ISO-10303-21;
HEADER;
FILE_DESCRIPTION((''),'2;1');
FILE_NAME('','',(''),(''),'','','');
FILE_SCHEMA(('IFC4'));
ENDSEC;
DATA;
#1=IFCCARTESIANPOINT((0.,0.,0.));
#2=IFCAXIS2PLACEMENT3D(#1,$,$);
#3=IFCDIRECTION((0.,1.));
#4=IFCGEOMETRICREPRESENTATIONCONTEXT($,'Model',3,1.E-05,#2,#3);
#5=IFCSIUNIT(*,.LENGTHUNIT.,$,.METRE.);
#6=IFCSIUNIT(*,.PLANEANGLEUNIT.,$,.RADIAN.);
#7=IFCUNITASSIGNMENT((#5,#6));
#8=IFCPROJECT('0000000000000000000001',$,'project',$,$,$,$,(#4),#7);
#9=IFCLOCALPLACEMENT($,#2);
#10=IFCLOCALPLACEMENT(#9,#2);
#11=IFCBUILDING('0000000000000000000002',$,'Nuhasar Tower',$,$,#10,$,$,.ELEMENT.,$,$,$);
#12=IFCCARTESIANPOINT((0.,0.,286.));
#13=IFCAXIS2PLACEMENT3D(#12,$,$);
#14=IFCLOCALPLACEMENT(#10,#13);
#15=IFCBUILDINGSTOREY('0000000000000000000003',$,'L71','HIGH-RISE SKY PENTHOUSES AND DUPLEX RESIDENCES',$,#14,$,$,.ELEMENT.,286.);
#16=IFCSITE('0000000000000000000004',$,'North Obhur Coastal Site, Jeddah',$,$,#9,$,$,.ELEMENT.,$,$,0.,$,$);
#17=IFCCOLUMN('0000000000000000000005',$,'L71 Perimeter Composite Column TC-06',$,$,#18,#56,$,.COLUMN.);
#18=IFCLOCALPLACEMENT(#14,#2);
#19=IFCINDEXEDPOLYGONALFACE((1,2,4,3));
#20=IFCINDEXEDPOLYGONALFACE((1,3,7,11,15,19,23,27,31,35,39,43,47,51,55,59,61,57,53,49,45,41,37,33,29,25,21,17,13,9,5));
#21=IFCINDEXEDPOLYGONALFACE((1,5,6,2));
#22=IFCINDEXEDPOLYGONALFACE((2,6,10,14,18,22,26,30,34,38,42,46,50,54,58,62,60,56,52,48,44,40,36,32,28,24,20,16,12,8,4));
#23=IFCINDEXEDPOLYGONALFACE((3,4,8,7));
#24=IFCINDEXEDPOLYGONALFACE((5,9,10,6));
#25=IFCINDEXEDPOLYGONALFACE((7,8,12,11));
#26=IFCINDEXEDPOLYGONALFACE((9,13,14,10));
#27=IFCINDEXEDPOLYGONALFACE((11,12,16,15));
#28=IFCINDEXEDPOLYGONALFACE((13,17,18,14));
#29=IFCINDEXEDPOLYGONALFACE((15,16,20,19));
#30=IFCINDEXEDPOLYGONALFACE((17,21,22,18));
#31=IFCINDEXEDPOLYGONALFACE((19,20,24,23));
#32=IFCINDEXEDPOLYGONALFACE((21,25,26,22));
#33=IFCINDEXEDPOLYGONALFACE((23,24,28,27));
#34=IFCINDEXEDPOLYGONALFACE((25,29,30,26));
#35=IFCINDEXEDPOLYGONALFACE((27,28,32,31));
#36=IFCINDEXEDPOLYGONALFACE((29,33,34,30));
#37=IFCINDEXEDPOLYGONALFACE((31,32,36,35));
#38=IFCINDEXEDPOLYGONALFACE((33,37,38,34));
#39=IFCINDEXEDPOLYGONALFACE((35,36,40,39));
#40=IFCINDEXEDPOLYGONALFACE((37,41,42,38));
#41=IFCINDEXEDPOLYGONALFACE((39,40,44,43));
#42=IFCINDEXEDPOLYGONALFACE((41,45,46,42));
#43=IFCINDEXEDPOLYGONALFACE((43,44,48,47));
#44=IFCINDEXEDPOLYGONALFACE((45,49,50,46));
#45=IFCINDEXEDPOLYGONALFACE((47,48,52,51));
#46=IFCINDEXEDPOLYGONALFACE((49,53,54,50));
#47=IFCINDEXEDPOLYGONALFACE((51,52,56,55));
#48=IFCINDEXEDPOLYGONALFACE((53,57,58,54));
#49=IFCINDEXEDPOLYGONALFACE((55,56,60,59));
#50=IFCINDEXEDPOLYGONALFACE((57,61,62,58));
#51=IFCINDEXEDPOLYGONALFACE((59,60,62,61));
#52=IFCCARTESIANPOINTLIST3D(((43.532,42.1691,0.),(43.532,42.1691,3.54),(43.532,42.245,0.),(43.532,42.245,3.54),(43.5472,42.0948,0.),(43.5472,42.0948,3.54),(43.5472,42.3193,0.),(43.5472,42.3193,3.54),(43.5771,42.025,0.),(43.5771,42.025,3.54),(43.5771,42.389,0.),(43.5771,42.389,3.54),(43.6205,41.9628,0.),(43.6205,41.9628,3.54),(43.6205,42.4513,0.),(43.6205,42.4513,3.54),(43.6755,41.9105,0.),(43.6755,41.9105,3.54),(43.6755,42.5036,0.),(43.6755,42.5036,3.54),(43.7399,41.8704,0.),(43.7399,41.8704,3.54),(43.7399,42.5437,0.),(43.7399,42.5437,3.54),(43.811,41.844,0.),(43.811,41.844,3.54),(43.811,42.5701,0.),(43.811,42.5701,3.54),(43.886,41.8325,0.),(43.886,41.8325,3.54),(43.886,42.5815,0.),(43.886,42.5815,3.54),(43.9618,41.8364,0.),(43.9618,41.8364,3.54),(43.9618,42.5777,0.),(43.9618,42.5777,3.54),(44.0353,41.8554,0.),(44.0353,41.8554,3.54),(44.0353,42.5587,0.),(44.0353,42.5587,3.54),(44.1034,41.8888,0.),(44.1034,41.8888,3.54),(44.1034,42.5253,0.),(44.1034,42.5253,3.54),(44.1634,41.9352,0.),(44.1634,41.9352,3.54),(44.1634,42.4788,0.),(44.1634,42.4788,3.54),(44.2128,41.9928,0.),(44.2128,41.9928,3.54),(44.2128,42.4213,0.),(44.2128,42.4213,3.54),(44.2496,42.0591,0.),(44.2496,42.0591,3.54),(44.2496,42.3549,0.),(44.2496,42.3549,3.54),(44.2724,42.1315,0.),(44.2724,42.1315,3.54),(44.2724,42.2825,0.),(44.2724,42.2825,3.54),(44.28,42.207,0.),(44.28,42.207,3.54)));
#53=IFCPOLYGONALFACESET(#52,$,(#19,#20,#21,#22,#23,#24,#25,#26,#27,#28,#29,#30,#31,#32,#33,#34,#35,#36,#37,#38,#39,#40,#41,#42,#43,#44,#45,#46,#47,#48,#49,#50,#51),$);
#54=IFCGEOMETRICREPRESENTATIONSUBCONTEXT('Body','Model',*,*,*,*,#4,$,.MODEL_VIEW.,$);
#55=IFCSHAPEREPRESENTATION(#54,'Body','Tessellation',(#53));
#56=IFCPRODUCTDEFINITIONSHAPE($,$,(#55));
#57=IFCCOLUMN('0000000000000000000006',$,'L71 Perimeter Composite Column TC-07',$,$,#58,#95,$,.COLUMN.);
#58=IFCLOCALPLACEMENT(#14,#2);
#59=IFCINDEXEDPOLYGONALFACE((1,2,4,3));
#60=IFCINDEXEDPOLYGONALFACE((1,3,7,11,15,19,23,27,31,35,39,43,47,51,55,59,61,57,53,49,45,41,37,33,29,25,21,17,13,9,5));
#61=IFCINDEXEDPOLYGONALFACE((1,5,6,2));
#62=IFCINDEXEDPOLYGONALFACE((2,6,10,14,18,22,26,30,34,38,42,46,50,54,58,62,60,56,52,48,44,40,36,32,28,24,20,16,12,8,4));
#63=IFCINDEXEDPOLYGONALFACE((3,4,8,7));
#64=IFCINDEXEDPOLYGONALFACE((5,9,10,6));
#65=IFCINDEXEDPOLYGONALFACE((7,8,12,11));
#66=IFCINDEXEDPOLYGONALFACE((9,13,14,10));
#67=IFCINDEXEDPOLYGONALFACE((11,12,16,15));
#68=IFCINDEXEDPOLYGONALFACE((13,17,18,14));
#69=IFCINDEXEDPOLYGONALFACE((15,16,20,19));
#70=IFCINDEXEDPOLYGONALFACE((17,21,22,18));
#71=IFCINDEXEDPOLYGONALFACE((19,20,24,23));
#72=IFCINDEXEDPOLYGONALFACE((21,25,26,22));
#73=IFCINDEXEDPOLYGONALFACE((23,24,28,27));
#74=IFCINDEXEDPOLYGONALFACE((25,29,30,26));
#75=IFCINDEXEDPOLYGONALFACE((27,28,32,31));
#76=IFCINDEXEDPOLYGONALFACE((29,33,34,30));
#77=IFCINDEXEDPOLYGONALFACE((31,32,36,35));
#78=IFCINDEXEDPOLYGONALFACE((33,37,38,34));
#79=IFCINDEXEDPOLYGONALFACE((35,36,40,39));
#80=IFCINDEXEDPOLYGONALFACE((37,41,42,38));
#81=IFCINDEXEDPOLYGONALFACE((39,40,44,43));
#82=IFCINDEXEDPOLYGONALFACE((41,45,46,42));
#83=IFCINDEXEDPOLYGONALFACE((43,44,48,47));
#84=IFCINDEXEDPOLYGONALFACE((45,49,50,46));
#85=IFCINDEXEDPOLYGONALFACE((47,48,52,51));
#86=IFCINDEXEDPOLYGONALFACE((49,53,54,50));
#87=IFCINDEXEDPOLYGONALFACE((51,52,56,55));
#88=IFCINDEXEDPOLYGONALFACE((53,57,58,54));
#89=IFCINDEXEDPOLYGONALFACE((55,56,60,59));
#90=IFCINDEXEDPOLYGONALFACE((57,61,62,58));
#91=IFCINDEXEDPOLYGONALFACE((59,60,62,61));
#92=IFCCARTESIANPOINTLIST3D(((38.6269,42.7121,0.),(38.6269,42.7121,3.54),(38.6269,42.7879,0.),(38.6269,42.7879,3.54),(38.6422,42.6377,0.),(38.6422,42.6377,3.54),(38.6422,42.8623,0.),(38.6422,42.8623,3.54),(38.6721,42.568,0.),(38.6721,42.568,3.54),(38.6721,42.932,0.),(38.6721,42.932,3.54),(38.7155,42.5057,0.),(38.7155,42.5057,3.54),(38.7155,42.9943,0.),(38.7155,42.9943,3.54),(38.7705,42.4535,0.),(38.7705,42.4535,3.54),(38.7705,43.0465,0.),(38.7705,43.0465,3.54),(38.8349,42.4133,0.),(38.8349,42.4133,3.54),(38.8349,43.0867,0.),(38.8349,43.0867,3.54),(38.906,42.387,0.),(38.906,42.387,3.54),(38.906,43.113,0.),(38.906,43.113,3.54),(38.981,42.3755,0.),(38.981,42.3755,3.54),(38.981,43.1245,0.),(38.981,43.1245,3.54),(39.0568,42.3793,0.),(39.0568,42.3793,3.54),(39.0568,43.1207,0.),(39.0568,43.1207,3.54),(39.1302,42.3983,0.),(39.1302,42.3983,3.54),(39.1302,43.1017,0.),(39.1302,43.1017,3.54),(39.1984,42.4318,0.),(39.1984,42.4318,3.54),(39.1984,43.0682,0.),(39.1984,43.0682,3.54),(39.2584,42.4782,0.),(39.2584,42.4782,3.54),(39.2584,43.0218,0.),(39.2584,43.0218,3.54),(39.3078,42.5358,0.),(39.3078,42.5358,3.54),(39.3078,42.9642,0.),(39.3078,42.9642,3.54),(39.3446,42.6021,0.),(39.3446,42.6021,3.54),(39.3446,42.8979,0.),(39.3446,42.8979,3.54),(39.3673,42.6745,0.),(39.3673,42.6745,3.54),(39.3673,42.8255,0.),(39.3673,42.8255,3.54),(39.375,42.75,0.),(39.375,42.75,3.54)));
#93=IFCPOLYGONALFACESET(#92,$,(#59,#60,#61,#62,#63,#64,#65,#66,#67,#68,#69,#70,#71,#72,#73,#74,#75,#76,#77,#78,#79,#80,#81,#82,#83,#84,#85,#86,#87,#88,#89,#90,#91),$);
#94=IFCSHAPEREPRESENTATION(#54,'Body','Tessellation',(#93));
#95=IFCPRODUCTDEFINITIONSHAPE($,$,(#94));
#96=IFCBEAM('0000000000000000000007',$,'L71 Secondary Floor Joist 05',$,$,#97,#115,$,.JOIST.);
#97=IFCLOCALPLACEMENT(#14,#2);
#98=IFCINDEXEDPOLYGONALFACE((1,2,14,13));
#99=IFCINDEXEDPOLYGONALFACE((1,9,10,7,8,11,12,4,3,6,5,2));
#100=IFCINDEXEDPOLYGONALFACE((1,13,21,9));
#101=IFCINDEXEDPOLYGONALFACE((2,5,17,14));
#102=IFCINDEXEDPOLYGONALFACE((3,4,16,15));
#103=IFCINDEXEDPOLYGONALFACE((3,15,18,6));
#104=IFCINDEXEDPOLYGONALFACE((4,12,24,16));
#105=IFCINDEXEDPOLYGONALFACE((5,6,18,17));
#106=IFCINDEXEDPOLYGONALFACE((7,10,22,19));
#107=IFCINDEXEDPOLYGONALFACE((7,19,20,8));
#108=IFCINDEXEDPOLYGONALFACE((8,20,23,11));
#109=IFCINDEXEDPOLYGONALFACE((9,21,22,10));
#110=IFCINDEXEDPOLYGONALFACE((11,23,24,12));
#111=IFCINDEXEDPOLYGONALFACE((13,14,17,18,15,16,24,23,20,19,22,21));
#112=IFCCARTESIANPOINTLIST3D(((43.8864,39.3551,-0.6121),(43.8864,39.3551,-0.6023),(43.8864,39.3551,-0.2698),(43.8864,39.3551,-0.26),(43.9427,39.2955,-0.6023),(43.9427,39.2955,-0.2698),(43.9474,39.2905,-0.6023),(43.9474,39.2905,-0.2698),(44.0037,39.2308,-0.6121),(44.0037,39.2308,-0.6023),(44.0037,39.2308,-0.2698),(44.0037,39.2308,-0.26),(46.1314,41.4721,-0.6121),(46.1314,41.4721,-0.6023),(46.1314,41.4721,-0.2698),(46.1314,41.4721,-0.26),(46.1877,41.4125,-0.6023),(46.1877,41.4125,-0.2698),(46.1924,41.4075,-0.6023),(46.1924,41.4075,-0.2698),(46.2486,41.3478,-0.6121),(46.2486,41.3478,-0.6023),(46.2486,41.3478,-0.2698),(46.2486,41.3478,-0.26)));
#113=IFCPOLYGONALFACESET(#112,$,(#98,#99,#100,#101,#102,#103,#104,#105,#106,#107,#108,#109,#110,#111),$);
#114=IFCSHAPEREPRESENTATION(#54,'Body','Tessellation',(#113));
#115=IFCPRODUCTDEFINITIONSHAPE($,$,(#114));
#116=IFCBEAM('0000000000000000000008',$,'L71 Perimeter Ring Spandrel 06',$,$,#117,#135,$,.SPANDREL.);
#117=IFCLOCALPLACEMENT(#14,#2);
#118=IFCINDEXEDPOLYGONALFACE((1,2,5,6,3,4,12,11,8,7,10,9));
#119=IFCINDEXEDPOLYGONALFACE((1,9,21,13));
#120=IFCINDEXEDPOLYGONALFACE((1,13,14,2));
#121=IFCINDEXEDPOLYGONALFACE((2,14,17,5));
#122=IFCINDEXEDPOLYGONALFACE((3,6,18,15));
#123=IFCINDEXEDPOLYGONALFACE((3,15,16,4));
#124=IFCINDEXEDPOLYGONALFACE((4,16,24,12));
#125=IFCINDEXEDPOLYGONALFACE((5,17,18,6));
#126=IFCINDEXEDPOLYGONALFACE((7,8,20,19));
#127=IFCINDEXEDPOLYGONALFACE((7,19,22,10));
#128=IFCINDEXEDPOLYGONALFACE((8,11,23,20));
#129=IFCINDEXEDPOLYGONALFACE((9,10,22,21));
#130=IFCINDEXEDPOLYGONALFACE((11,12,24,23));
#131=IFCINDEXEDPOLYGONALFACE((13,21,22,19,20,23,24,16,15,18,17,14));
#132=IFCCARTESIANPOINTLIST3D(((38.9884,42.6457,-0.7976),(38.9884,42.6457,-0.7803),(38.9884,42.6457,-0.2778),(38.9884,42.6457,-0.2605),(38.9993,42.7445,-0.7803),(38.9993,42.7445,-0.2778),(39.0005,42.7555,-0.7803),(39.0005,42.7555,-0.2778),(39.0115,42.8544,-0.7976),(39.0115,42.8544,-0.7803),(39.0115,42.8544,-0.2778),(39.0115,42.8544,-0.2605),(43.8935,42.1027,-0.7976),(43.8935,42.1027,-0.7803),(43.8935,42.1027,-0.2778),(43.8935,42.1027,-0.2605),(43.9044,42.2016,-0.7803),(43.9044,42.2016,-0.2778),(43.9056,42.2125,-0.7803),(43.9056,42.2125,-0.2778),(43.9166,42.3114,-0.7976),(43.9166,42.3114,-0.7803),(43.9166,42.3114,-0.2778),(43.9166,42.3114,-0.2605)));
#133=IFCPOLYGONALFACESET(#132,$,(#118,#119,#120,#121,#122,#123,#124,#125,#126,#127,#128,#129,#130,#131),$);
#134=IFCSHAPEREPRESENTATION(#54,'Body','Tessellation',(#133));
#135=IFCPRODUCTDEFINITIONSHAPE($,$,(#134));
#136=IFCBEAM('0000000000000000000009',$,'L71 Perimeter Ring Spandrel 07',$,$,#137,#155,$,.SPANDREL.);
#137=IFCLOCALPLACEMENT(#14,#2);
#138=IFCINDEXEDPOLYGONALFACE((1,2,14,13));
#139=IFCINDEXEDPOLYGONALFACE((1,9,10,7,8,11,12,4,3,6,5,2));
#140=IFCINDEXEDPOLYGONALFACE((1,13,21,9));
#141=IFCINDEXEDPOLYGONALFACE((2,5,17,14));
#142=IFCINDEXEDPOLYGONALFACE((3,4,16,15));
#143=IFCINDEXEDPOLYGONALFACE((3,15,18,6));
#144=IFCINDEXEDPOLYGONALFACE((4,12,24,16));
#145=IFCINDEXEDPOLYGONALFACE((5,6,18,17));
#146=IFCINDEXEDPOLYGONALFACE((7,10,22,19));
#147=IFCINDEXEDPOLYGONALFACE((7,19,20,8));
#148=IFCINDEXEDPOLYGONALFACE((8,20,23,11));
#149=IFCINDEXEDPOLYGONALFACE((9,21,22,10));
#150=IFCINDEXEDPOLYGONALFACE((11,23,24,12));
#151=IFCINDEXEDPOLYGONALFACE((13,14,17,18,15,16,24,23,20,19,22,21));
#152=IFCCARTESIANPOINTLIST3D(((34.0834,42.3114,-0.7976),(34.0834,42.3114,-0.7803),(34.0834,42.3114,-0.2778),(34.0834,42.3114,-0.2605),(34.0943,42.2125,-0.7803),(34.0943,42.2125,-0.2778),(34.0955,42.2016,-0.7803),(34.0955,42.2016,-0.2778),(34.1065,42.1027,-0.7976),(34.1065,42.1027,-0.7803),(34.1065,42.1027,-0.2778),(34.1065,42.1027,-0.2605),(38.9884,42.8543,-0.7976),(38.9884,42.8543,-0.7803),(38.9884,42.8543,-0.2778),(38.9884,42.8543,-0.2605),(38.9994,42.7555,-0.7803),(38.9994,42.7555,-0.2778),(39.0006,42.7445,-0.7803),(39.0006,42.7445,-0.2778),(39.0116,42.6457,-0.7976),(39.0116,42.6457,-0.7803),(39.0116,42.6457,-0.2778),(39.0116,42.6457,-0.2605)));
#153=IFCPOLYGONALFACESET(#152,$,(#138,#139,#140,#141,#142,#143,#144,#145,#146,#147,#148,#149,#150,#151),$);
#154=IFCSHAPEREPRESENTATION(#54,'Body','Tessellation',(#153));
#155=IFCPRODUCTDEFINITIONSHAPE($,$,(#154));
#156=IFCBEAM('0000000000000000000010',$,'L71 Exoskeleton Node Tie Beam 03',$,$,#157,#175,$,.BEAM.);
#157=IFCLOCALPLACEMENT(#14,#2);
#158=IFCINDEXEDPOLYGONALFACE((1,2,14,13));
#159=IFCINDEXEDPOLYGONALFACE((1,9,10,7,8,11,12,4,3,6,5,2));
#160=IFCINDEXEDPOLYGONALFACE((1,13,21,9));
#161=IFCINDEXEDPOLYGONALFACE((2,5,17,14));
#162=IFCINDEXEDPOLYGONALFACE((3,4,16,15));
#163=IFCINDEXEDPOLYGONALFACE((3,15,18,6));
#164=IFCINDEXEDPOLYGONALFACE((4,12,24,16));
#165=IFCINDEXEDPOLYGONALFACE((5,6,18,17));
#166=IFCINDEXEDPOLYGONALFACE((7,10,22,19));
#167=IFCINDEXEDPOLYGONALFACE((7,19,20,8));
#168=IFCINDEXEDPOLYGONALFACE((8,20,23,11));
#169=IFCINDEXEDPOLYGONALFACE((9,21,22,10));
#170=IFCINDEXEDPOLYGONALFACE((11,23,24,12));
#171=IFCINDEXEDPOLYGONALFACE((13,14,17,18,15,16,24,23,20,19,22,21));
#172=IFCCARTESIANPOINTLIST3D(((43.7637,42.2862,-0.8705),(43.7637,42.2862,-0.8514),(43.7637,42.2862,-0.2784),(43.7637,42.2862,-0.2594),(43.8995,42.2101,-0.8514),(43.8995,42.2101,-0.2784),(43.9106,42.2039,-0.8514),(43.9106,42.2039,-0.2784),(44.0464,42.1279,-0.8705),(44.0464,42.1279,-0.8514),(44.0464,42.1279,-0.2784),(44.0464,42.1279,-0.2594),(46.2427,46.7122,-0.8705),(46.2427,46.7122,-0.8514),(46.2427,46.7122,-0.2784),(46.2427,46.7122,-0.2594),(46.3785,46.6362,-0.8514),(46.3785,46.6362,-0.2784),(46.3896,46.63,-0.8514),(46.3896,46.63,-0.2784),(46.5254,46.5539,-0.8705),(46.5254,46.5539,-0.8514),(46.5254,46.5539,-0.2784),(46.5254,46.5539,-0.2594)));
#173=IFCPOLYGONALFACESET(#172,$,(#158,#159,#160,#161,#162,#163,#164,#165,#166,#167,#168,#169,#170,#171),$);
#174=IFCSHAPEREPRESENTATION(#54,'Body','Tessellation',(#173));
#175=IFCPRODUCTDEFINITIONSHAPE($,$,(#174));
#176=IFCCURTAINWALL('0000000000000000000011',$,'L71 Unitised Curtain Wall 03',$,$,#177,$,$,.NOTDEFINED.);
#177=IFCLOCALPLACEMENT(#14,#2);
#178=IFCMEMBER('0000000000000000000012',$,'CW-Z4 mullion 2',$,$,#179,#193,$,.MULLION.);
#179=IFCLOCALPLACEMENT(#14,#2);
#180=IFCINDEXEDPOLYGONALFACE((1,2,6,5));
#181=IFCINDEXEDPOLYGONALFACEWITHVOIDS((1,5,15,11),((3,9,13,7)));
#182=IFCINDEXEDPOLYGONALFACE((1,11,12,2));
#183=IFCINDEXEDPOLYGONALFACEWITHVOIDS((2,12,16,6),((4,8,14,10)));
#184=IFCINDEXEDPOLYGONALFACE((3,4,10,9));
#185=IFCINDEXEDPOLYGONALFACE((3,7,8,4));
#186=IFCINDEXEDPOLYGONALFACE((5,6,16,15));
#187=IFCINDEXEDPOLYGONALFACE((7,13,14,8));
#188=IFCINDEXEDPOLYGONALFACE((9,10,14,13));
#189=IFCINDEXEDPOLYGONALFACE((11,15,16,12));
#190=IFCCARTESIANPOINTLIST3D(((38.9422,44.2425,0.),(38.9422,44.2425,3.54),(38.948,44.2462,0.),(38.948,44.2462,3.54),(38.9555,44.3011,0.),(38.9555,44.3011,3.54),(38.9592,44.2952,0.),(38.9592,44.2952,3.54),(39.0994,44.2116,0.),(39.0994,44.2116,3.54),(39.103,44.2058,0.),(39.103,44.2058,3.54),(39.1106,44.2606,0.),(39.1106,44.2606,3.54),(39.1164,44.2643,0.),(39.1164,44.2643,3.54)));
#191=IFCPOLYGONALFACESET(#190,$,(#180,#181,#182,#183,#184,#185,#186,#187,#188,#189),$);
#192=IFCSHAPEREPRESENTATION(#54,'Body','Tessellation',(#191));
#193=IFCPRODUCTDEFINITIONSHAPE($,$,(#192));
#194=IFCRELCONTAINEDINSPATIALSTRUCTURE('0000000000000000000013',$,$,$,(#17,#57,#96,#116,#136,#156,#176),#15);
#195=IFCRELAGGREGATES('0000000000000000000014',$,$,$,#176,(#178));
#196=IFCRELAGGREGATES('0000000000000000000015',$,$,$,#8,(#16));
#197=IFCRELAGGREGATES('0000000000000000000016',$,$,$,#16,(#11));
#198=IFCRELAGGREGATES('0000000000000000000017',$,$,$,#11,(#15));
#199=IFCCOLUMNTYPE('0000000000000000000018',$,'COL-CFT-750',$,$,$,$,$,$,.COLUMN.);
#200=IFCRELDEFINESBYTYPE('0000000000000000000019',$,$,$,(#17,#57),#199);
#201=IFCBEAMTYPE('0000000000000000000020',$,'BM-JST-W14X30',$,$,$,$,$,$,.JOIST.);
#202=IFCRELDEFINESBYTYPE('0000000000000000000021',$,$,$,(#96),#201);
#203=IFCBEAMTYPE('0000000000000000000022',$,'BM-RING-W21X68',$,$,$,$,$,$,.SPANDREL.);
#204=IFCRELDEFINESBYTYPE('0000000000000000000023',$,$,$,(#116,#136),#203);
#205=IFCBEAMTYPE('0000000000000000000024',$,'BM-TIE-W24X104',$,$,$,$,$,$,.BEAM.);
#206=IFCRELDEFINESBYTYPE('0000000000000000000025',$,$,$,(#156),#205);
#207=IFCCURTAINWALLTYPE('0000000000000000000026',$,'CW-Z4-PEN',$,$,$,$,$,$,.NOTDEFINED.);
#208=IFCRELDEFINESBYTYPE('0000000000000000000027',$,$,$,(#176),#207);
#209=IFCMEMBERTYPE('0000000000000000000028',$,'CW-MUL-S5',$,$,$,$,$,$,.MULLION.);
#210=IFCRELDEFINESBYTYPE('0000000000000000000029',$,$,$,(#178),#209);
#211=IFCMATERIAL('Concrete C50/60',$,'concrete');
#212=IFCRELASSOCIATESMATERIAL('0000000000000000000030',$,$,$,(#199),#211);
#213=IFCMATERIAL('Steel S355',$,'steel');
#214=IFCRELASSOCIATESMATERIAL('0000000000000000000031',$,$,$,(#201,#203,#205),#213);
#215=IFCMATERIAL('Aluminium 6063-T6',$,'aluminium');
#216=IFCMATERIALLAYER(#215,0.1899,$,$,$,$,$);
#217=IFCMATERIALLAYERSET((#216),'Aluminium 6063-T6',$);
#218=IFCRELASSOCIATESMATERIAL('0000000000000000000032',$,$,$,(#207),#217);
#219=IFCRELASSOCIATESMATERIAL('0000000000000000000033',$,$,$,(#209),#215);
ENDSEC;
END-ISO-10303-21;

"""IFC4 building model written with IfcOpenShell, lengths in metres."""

from ifc_helpers import new_model, si_unit, direction, frame, origin, origin_2d, place, context, subcontext, project, spatial, hollow_rectangle, circle, i_section, extrude, material, layer, layer_set, material_profile, profile_set, type_object, element, aggregate, save


model = new_model("IFC4")

# Units and contexts
model_context = context("Model", 3, precision=1e-05, world=origin(), true_north=direction((0.0, 1.0)))
body_context = subcontext(model_context, "Body", "Model", "MODEL_VIEW")
ifc_project = project(units=[si_unit("LENGTHUNIT", "METRE"), si_unit("PLANEANGLEUNIT", "RADIAN")], contexts=[model_context])

# Site, building, storey
site_placement = place(None, origin())
site = spatial("IfcSite", under=ifc_project, at=site_placement, Name="North Obhur Coastal Site, Jeddah", CompositionType="ELEMENT", RefElevation=0.0)
building_placement = place(site_placement, origin())
building = spatial("IfcBuilding", under=site, at=building_placement, Name="Nuhasar Tower", CompositionType="ELEMENT")
storey_placement = place(building_placement, frame((0.0, 0.0, 286.0)))
storey = spatial("IfcBuildingStorey", under=building, at=storey_placement, Name="L71", Description="HIGH-RISE SKY PENTHOUSES AND DUPLEX RESIDENCES", CompositionType="ELEMENT", Elevation=286.0)

# Columns
ifc_material_1 = material(Name="Concrete C50/60", Category="concrete")
ifc_material_profile_1 = material_profile(ifc_material_1, circle(Radius=0.375, at=origin_2d()), Name="CFT750")
ifc_profile_set_1 = profile_set([ifc_material_profile_1], Name="Concrete C50/60")
column_type = type_object("IfcColumnType", Name="COL-CFT-750", PredefinedType="COLUMN", material=ifc_profile_set_1)
for number, where, z_axis, x_axis, name in (
    (1, (43.905, 42.207, 0.0), (0.0, 0.0, 1.0), (1.0, 0.0, 0.0), "L71 Perimeter Composite Column TC-06"),
    (2, (39.0, 42.75, 0.0), (0.0, 0.0, 1.0), (1.0, 0.0, 0.0), "L71 Perimeter Composite Column TC-07"),
):
    element("IfcColumn", number, at=place(storey_placement, frame(where, z_axis=z_axis, x_axis=x_axis)), inside=storey, type_object=column_type, Name=name, PredefinedType="COLUMN", context=body_context, shape_type="SweptSolid", body=[
        extrude(circle(Radius=0.375, at=origin_2d()), origin(), (0.0, 0.0, 1.0), 3.54),
    ])

# Beams
ifc_material_2 = material(Name="Steel S355", Category="steel")
ifc_material_profile_2 = material_profile(ifc_material_2, i_section(OverallWidth=0.1709, OverallDepth=0.3521, WebThickness=0.0068, FlangeThickness=0.0098, at=origin_2d()), Name="W14X30")
ifc_profile_set_2 = profile_set([ifc_material_profile_2], Name="Steel S355")
beam_type_1 = type_object("IfcBeamType", Name="BM-JST-W14X30", PredefinedType="JOIST", material=ifc_profile_set_2)
beam_1_placement = place(storey_placement, frame((43.9451, 39.293, -0.436), z_axis=(0.727533, 0.686073, 0.0), x_axis=(-0.686073, 0.727533, 0.0)))
element("IfcBeam", 3, at=beam_1_placement, inside=storey, type_object=beam_type_1, Name="L71 Secondary Floor Joist 05", PredefinedType="JOIST", context=body_context, shape_type="SweptSolid", body=[
    extrude(i_section(OverallWidth=0.1709, OverallDepth=0.3521, WebThickness=0.0068, FlangeThickness=0.0098, at=origin_2d()), origin(), (0.0, 0.0, 1.0), 3.0857),
])
ifc_material_profile_3 = material_profile(ifc_material_2, i_section(OverallWidth=0.21, OverallDepth=0.5371, WebThickness=0.011, FlangeThickness=0.0173, at=origin_2d()), Name="W21X68")
ifc_profile_set_3 = profile_set([ifc_material_profile_3], Name="Steel S355")
beam_type_2 = type_object("IfcBeamType", Name="BM-RING-W21X68", PredefinedType="SPANDREL", material=ifc_profile_set_3)
for number, where, z_axis, x_axis, name in (
    (4, (43.905, 42.207, -0.5291), (-0.993929, 0.110024, 0.0), (-0.110024, -0.993929, 0.0), "L71 Perimeter Ring Spandrel 06"),
    (5, (39.0, 42.75, -0.5291), (-0.993929, -0.110024, 0.0), (0.110024, -0.993929, 0.0), "L71 Perimeter Ring Spandrel 07"),
):
    element("IfcBeam", number, at=place(storey_placement, frame(where, z_axis=z_axis, x_axis=x_axis)), inside=storey, type_object=beam_type_2, Name=name, PredefinedType="SPANDREL", context=body_context, shape_type="SweptSolid", body=[
        extrude(i_section(OverallWidth=0.21, OverallDepth=0.5371, WebThickness=0.011, FlangeThickness=0.0173, at=origin_2d()), origin(), (0.0, 0.0, 1.0), 4.9351),
    ])
ifc_material_profile_4 = material_profile(ifc_material_2, i_section(OverallWidth=0.324, OverallDepth=0.6111, WebThickness=0.0127, FlangeThickness=0.019, at=origin_2d()), Name="W24X104")
ifc_profile_set_4 = profile_set([ifc_material_profile_4], Name="Steel S355")
beam_type_3 = type_object("IfcBeamType", Name="BM-TIE-W24X104", PredefinedType="BEAM", material=ifc_profile_set_4)
beam_2_placement = place(storey_placement, frame((43.905, 42.207, -0.5649), z_axis=(0.488668, 0.87247, 0.0), x_axis=(-0.87247, 0.488668, 0.0)))
element("IfcBeam", 6, at=beam_2_placement, inside=storey, type_object=beam_type_3, Name="L71 Exoskeleton Node Tie Beam 03", PredefinedType="BEAM", context=body_context, shape_type="SweptSolid", body=[
    extrude(i_section(OverallWidth=0.324, OverallDepth=0.6111, WebThickness=0.0127, FlangeThickness=0.019, at=origin_2d()), origin(), (0.0, 0.0, 1.0), 5.073),
])

# Curtain wall, member
ifc_material_3 = material(Name="Aluminium 6063-T6", Category="aluminium")
ifc_layer_1 = layer(ifc_material_3, 0.1899)
ifc_layer_set_1 = layer_set([ifc_layer_1], Name="Aluminium 6063-T6")
curtain_wall_type = type_object("IfcCurtainWallType", Name="CW-Z4-PEN", PredefinedType="NOTDEFINED", material=ifc_layer_set_1)
curtain_wall_1_placement = place(storey_placement, origin())
curtain_wall_1 = element("IfcCurtainWall", 7, at=curtain_wall_1_placement, inside=storey, type_object=curtain_wall_type, Name="L71 Unitised Curtain Wall 03", PredefinedType="NOTDEFINED")
ifc_material_profile_5 = material_profile(ifc_material_3, hollow_rectangle(XDim=0.0601, YDim=0.165, WallThickness=0.0049, at=origin_2d()), Name="CWM-5")
ifc_profile_set_5 = profile_set([ifc_material_profile_5], Name="Aluminium 6063-T6")
member_type_1 = type_object("IfcMemberType", Name="CW-MUL-S5", PredefinedType="MULLION", material=ifc_profile_set_5)
member_1_placement = place(storey_placement, frame((39.0293, 44.2534, 0.0), z_axis=(0.0, 0.0, 1.0), x_axis=(-0.222889, -0.974844, 0.0)))
member_1 = element("IfcMember", 8, at=member_1_placement, type_object=member_type_1, Name="CW-Z4 mullion 2", PredefinedType="MULLION", context=body_context, shape_type="SweptSolid", body=[
    extrude(hollow_rectangle(XDim=0.0601, YDim=0.165, WallThickness=0.0049, at=origin_2d()), origin(), (0.0, 0.0, 1.0), 3.54),
])

aggregate(curtain_wall_1, [member_1])

save(model, "model.ifc")
